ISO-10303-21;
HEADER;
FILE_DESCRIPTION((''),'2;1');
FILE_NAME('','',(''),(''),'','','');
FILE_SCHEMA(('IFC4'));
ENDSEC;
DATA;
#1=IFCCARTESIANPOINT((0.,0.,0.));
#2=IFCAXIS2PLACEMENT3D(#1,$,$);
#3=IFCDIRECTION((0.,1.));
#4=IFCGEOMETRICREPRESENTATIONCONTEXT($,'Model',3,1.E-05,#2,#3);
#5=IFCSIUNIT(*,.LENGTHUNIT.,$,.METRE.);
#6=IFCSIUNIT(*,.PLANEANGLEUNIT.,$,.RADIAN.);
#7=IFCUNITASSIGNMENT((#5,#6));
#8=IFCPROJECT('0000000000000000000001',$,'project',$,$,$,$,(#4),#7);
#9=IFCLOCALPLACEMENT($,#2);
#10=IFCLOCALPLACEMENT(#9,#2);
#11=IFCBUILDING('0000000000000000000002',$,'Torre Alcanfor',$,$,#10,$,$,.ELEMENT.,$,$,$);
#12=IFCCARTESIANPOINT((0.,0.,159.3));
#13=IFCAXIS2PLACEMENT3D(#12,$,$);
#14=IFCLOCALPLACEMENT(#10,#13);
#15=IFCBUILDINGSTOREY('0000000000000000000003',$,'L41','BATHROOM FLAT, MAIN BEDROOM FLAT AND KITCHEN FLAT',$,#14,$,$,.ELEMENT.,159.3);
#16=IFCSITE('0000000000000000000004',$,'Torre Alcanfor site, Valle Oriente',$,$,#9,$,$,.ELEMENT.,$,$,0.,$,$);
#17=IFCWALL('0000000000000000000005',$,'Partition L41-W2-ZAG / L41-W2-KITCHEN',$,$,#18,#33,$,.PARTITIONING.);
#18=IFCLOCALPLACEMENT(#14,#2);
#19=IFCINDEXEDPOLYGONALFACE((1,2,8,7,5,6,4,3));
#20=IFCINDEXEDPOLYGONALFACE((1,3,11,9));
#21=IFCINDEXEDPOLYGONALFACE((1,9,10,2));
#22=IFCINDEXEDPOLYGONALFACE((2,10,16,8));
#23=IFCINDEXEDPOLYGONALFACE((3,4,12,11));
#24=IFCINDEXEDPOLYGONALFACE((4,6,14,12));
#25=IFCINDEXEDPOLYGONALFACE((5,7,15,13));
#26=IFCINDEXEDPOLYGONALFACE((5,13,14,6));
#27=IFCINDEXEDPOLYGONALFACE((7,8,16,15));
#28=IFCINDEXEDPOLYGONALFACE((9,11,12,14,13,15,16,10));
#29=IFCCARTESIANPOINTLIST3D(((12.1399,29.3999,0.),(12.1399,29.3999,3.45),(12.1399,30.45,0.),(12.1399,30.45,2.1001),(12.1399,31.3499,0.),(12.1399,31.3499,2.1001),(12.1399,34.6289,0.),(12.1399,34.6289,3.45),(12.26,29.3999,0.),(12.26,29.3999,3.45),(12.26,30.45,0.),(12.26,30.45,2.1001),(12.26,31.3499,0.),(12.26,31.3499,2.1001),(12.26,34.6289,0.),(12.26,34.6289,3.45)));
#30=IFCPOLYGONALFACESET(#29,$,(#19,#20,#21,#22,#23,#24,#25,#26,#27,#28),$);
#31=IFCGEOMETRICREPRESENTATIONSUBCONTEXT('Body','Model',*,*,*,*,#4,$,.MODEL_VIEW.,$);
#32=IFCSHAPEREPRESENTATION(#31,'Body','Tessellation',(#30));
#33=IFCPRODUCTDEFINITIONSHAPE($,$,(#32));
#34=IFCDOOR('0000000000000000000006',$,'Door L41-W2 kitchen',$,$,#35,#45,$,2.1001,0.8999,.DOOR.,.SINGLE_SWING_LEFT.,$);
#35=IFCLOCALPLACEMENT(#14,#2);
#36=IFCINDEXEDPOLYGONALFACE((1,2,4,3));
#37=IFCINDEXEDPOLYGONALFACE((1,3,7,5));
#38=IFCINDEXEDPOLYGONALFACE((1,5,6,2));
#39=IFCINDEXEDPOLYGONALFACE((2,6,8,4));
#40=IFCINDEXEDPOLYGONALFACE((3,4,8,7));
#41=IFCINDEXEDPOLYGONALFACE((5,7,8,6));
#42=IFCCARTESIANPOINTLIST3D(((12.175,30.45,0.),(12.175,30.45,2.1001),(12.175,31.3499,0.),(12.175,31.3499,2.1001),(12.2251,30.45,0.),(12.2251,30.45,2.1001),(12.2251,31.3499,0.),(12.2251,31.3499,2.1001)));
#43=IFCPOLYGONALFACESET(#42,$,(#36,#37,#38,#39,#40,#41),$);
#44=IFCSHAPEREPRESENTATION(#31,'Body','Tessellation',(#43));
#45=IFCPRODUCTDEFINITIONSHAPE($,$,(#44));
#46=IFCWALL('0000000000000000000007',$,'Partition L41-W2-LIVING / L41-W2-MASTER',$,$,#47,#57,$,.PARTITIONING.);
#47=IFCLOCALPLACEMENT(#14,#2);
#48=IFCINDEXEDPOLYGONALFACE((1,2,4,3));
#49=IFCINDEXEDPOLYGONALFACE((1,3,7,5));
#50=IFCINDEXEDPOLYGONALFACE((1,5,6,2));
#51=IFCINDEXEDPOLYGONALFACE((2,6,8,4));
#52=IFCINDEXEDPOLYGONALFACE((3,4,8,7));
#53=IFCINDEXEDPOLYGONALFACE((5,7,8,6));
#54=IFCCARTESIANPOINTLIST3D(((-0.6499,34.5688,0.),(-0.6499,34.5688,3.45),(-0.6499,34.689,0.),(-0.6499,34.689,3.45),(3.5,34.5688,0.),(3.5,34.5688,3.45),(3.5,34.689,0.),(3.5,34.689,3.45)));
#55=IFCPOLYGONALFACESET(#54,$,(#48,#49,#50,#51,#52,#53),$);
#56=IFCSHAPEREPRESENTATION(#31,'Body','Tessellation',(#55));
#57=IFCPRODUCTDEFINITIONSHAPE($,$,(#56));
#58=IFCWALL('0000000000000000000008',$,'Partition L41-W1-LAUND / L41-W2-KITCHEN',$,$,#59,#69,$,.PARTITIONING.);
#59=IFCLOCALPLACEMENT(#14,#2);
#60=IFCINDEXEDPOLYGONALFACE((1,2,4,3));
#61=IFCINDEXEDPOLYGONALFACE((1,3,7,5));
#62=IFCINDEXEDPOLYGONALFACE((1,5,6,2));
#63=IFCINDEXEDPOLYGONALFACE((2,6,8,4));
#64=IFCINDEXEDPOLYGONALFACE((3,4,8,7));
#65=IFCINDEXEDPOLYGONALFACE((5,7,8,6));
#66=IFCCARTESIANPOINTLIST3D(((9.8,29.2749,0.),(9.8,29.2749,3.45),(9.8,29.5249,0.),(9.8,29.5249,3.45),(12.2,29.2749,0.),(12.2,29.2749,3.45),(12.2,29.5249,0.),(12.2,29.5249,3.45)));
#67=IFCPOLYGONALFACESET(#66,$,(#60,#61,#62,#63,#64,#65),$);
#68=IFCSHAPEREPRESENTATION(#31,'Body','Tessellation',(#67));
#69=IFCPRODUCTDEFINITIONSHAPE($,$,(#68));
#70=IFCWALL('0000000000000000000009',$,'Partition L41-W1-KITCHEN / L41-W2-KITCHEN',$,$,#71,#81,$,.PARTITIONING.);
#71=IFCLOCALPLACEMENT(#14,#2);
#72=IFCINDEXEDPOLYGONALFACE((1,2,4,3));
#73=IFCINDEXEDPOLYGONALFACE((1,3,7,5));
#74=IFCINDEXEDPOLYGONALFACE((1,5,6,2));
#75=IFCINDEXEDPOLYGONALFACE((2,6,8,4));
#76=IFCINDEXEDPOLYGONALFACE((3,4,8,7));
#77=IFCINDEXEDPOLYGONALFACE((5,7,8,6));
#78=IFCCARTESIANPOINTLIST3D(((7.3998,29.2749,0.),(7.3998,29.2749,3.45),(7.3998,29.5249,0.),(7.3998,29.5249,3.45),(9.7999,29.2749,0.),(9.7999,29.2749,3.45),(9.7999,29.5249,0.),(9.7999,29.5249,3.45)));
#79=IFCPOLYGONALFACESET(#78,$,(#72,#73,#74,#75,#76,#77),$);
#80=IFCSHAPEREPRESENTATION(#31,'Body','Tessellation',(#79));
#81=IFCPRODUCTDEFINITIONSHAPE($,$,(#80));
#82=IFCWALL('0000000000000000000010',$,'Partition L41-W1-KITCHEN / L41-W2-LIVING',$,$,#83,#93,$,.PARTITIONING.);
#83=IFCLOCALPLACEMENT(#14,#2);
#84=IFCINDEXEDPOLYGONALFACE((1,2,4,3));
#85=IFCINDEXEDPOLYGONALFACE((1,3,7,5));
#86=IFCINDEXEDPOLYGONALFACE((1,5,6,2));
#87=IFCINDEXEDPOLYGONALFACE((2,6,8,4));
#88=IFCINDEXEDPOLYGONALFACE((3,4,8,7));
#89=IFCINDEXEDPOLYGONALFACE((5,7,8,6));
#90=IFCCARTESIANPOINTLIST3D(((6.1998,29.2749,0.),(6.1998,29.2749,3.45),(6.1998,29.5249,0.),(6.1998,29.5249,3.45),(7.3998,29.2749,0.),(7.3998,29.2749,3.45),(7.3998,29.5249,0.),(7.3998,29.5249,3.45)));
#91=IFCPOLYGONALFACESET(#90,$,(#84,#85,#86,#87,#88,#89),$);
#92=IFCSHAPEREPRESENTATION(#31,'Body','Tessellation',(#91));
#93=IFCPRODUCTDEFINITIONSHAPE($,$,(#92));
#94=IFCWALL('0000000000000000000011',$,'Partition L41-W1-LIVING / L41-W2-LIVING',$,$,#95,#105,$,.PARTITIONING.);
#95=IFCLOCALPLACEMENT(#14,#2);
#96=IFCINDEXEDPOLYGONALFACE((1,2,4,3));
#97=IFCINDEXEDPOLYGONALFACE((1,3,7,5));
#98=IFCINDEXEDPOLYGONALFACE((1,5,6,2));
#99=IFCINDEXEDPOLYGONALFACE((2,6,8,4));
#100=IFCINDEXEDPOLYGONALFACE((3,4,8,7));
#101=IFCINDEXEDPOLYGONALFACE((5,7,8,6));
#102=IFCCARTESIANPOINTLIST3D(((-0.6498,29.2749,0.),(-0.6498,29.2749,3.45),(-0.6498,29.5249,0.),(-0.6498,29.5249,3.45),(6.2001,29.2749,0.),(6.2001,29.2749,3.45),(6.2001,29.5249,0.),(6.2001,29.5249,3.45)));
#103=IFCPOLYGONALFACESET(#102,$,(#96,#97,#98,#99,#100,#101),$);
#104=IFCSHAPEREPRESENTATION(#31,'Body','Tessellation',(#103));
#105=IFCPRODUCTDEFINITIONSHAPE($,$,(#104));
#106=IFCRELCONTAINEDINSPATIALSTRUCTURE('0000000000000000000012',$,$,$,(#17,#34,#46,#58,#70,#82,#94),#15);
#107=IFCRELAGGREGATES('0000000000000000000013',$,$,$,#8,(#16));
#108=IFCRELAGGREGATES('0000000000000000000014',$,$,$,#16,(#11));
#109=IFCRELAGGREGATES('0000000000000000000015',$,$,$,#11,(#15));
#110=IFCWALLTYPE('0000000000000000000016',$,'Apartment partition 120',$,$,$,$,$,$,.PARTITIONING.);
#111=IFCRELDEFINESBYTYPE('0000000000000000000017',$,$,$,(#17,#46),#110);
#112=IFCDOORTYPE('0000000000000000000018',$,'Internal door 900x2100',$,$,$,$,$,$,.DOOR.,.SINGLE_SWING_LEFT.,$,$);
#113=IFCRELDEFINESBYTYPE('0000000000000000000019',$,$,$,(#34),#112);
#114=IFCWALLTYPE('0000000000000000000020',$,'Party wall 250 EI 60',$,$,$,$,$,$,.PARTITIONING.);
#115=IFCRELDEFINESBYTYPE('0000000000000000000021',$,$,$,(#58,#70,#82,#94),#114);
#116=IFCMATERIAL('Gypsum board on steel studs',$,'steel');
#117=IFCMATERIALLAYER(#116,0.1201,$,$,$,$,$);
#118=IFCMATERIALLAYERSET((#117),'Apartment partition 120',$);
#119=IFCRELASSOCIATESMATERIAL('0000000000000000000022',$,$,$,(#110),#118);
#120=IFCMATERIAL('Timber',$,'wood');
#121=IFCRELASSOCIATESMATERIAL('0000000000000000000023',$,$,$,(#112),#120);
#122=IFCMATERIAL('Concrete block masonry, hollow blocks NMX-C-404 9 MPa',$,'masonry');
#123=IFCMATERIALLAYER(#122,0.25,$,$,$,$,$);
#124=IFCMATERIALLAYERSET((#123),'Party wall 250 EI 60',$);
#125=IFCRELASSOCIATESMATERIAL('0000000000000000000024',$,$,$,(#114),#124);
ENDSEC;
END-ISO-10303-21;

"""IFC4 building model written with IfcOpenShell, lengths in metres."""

from ifc_helpers import new_model, si_unit, direction, frame, frame_2d, origin, place, context, subcontext, project, spatial, rectangle, extrude, material, layer, layer_set, type_object, element, fill, save


model = new_model("IFC4")

# Units and contexts
model_context = context("Model", 3, precision=1e-05, world=origin(), true_north=direction((0.0, 1.0)))
body_context = subcontext(model_context, "Body", "Model", "MODEL_VIEW")
ifc_project = project(units=[si_unit("LENGTHUNIT", "METRE"), si_unit("PLANEANGLEUNIT", "RADIAN")], contexts=[model_context])

# Site, building, storey
site_placement = place(None, origin())
site = spatial("IfcSite", under=ifc_project, at=site_placement, Name="Torre Alcanfor site, Valle Oriente", CompositionType="ELEMENT", RefElevation=0.0)
building_placement = place(site_placement, origin())
building = spatial("IfcBuilding", under=site, at=building_placement, Name="Torre Alcanfor", CompositionType="ELEMENT")
storey_placement = place(building_placement, frame((0.0, 0.0, 159.3)))
storey = spatial("IfcBuildingStorey", under=building, at=storey_placement, Name="L41", Description="BATHROOM FLAT, MAIN BEDROOM FLAT AND KITCHEN FLAT", CompositionType="ELEMENT", Elevation=159.3)

# Shared definitions
ifc_material_1 = material(Name="Gypsum board on steel studs", Category="steel")
ifc_layer_1 = layer(ifc_material_1, 0.1201)
ifc_layer_set_1 = layer_set([ifc_layer_1], Name="Apartment partition 120")
wall_type_1 = type_object("IfcWallType", Name="Apartment partition 120", PredefinedType="PARTITIONING", material=ifc_layer_set_1)

# Wall, opening, door
wall_1_placement = place(storey_placement, frame((12.2, 29.3999, 0.0), z_axis=(0.0, 0.0, 1.0), x_axis=(0.0, 1.0, 0.0)))
wall_1 = element("IfcWall", 1, at=wall_1_placement, inside=storey, type_object=wall_type_1, Name="Partition L41-W2-ZAG / L41-W2-KITCHEN", PredefinedType="PARTITIONING", context=body_context, shape_type="SweptSolid", body=[
    extrude(rectangle(XDim=5.229, YDim=0.1201, at=frame_2d((2.6145, 0.0))), origin(), (0.0, 0.0, 1.0), 3.45),
])
opening_1_placement = place(wall_1_placement, frame((1.05, 0.0, 0.0)))
opening_1 = element("IfcOpeningElement", 2, at=opening_1_placement, cuts=wall_1, PredefinedType="OPENING", context=body_context, shape_type="SweptSolid", body=[
    extrude(rectangle(XDim=0.8999, YDim=2.1001, at=frame_2d((0.45, 1.05))), frame((0.0, 0.0701, 0.0), z_axis=(0.0, -1.0, 0.0), x_axis=(1.0, 0.0, 0.0)), (0.0, 0.0, 1.0), 0.1401),
])
ifc_material_2 = material(Name="Timber", Category="wood")
door_type_1 = type_object("IfcDoorType", Name="Internal door 900x2100", OperationType="SINGLE_SWING_LEFT", PredefinedType="DOOR", material=ifc_material_2)
door_1_placement = place(opening_1_placement, origin())
door_1 = element("IfcDoor", 3, at=door_1_placement, inside=storey, type_object=door_type_1, Name="Door L41-W2 kitchen", OperationType="SINGLE_SWING_LEFT", OverallHeight=2.1001, OverallWidth=0.8999, PredefinedType="DOOR", context=body_context, shape_type="SweptSolid", body=[
    extrude(rectangle(XDim=0.8999, YDim=2.1001, at=frame_2d((0.45, 1.05))), frame((0.0, 0.0249, 0.0), z_axis=(0.0, -1.0, 0.0), x_axis=(1.0, 0.0, 0.0)), (0.0, 0.0, 1.0), 0.05),
])
fill(opening_1, door_1)

# Walls
wall_2_placement = place(storey_placement, frame((-0.6499, 34.6289, 0.0), z_axis=(0.0, 0.0, 1.0), x_axis=(1.0, 0.0, 0.0)))
element("IfcWall", 4, at=wall_2_placement, inside=storey, type_object=wall_type_1, Name="Partition L41-W2-LIVING / L41-W2-MASTER", PredefinedType="PARTITIONING", context=body_context, shape_type="SweptSolid", body=[
    extrude(rectangle(XDim=4.1499, YDim=0.1201, at=frame_2d((2.075, 0.0))), origin(), (0.0, 0.0, 1.0), 3.45),
])
ifc_material_3 = material(Name="Concrete block masonry, hollow blocks NMX-C-404 9 MPa", Category="masonry")
ifc_layer_2 = layer(ifc_material_3, 0.25)
ifc_layer_set_2 = layer_set([ifc_layer_2], Name="Party wall 250 EI 60")
wall_type_2 = type_object("IfcWallType", Name="Party wall 250 EI 60", PredefinedType="PARTITIONING", material=ifc_layer_set_2)
wall_3_placement = place(storey_placement, frame((12.2, 29.3999, 0.0), z_axis=(0.0, 0.0, 1.0), x_axis=(-1.0, 0.0, 0.0)))
element("IfcWall", 5, at=wall_3_placement, inside=storey, type_object=wall_type_2, Name="Partition L41-W1-LAUND / L41-W2-KITCHEN", PredefinedType="PARTITIONING", context=body_context, shape_type="SweptSolid", body=[
    extrude(rectangle(XDim=2.3999, YDim=0.25, at=frame_2d((1.2, 0.0))), origin(), (0.0, 0.0, 1.0), 3.45),
])
wall_4_placement = place(storey_placement, frame((9.8, 29.3999, 0.0), z_axis=(0.0, 0.0, 1.0), x_axis=(-1.0, 0.0, 0.0)))
element("IfcWall", 6, at=wall_4_placement, inside=storey, type_object=wall_type_2, Name="Partition L41-W1-KITCHEN / L41-W2-KITCHEN", PredefinedType="PARTITIONING", context=body_context, shape_type="SweptSolid", body=[
    extrude(rectangle(XDim=2.4001, YDim=0.25, at=frame_2d((1.2002, 0.0))), origin(), (0.0, 0.0, 1.0), 3.45),
])
wall_5_placement = place(storey_placement, frame((7.3999, 29.3999, 0.0), z_axis=(0.0, 0.0, 1.0), x_axis=(-1.0, 0.0, 0.0)))
element("IfcWall", 7, at=wall_5_placement, inside=storey, type_object=wall_type_2, Name="Partition L41-W1-KITCHEN / L41-W2-LIVING", PredefinedType="PARTITIONING", context=body_context, shape_type="SweptSolid", body=[
    extrude(rectangle(XDim=1.2, YDim=0.25, at=frame_2d((0.6001, 0.0))), origin(), (0.0, 0.0, 1.0), 3.45),
])
wall_6_placement = place(storey_placement, frame((6.2, 29.3999, 0.0), z_axis=(0.0, 0.0, 1.0), x_axis=(-1.0, 0.0, 0.0)))
element("IfcWall", 8, at=wall_6_placement, inside=storey, type_object=wall_type_2, Name="Partition L41-W1-LIVING / L41-W2-LIVING", PredefinedType="PARTITIONING", context=body_context, shape_type="SweptSolid", body=[
    extrude(rectangle(XDim=6.8499, YDim=0.25, at=frame_2d((3.4248, 0.0))), origin(), (0.0, 0.0, 1.0), 3.45),
])

save(model, "model.ifc")
